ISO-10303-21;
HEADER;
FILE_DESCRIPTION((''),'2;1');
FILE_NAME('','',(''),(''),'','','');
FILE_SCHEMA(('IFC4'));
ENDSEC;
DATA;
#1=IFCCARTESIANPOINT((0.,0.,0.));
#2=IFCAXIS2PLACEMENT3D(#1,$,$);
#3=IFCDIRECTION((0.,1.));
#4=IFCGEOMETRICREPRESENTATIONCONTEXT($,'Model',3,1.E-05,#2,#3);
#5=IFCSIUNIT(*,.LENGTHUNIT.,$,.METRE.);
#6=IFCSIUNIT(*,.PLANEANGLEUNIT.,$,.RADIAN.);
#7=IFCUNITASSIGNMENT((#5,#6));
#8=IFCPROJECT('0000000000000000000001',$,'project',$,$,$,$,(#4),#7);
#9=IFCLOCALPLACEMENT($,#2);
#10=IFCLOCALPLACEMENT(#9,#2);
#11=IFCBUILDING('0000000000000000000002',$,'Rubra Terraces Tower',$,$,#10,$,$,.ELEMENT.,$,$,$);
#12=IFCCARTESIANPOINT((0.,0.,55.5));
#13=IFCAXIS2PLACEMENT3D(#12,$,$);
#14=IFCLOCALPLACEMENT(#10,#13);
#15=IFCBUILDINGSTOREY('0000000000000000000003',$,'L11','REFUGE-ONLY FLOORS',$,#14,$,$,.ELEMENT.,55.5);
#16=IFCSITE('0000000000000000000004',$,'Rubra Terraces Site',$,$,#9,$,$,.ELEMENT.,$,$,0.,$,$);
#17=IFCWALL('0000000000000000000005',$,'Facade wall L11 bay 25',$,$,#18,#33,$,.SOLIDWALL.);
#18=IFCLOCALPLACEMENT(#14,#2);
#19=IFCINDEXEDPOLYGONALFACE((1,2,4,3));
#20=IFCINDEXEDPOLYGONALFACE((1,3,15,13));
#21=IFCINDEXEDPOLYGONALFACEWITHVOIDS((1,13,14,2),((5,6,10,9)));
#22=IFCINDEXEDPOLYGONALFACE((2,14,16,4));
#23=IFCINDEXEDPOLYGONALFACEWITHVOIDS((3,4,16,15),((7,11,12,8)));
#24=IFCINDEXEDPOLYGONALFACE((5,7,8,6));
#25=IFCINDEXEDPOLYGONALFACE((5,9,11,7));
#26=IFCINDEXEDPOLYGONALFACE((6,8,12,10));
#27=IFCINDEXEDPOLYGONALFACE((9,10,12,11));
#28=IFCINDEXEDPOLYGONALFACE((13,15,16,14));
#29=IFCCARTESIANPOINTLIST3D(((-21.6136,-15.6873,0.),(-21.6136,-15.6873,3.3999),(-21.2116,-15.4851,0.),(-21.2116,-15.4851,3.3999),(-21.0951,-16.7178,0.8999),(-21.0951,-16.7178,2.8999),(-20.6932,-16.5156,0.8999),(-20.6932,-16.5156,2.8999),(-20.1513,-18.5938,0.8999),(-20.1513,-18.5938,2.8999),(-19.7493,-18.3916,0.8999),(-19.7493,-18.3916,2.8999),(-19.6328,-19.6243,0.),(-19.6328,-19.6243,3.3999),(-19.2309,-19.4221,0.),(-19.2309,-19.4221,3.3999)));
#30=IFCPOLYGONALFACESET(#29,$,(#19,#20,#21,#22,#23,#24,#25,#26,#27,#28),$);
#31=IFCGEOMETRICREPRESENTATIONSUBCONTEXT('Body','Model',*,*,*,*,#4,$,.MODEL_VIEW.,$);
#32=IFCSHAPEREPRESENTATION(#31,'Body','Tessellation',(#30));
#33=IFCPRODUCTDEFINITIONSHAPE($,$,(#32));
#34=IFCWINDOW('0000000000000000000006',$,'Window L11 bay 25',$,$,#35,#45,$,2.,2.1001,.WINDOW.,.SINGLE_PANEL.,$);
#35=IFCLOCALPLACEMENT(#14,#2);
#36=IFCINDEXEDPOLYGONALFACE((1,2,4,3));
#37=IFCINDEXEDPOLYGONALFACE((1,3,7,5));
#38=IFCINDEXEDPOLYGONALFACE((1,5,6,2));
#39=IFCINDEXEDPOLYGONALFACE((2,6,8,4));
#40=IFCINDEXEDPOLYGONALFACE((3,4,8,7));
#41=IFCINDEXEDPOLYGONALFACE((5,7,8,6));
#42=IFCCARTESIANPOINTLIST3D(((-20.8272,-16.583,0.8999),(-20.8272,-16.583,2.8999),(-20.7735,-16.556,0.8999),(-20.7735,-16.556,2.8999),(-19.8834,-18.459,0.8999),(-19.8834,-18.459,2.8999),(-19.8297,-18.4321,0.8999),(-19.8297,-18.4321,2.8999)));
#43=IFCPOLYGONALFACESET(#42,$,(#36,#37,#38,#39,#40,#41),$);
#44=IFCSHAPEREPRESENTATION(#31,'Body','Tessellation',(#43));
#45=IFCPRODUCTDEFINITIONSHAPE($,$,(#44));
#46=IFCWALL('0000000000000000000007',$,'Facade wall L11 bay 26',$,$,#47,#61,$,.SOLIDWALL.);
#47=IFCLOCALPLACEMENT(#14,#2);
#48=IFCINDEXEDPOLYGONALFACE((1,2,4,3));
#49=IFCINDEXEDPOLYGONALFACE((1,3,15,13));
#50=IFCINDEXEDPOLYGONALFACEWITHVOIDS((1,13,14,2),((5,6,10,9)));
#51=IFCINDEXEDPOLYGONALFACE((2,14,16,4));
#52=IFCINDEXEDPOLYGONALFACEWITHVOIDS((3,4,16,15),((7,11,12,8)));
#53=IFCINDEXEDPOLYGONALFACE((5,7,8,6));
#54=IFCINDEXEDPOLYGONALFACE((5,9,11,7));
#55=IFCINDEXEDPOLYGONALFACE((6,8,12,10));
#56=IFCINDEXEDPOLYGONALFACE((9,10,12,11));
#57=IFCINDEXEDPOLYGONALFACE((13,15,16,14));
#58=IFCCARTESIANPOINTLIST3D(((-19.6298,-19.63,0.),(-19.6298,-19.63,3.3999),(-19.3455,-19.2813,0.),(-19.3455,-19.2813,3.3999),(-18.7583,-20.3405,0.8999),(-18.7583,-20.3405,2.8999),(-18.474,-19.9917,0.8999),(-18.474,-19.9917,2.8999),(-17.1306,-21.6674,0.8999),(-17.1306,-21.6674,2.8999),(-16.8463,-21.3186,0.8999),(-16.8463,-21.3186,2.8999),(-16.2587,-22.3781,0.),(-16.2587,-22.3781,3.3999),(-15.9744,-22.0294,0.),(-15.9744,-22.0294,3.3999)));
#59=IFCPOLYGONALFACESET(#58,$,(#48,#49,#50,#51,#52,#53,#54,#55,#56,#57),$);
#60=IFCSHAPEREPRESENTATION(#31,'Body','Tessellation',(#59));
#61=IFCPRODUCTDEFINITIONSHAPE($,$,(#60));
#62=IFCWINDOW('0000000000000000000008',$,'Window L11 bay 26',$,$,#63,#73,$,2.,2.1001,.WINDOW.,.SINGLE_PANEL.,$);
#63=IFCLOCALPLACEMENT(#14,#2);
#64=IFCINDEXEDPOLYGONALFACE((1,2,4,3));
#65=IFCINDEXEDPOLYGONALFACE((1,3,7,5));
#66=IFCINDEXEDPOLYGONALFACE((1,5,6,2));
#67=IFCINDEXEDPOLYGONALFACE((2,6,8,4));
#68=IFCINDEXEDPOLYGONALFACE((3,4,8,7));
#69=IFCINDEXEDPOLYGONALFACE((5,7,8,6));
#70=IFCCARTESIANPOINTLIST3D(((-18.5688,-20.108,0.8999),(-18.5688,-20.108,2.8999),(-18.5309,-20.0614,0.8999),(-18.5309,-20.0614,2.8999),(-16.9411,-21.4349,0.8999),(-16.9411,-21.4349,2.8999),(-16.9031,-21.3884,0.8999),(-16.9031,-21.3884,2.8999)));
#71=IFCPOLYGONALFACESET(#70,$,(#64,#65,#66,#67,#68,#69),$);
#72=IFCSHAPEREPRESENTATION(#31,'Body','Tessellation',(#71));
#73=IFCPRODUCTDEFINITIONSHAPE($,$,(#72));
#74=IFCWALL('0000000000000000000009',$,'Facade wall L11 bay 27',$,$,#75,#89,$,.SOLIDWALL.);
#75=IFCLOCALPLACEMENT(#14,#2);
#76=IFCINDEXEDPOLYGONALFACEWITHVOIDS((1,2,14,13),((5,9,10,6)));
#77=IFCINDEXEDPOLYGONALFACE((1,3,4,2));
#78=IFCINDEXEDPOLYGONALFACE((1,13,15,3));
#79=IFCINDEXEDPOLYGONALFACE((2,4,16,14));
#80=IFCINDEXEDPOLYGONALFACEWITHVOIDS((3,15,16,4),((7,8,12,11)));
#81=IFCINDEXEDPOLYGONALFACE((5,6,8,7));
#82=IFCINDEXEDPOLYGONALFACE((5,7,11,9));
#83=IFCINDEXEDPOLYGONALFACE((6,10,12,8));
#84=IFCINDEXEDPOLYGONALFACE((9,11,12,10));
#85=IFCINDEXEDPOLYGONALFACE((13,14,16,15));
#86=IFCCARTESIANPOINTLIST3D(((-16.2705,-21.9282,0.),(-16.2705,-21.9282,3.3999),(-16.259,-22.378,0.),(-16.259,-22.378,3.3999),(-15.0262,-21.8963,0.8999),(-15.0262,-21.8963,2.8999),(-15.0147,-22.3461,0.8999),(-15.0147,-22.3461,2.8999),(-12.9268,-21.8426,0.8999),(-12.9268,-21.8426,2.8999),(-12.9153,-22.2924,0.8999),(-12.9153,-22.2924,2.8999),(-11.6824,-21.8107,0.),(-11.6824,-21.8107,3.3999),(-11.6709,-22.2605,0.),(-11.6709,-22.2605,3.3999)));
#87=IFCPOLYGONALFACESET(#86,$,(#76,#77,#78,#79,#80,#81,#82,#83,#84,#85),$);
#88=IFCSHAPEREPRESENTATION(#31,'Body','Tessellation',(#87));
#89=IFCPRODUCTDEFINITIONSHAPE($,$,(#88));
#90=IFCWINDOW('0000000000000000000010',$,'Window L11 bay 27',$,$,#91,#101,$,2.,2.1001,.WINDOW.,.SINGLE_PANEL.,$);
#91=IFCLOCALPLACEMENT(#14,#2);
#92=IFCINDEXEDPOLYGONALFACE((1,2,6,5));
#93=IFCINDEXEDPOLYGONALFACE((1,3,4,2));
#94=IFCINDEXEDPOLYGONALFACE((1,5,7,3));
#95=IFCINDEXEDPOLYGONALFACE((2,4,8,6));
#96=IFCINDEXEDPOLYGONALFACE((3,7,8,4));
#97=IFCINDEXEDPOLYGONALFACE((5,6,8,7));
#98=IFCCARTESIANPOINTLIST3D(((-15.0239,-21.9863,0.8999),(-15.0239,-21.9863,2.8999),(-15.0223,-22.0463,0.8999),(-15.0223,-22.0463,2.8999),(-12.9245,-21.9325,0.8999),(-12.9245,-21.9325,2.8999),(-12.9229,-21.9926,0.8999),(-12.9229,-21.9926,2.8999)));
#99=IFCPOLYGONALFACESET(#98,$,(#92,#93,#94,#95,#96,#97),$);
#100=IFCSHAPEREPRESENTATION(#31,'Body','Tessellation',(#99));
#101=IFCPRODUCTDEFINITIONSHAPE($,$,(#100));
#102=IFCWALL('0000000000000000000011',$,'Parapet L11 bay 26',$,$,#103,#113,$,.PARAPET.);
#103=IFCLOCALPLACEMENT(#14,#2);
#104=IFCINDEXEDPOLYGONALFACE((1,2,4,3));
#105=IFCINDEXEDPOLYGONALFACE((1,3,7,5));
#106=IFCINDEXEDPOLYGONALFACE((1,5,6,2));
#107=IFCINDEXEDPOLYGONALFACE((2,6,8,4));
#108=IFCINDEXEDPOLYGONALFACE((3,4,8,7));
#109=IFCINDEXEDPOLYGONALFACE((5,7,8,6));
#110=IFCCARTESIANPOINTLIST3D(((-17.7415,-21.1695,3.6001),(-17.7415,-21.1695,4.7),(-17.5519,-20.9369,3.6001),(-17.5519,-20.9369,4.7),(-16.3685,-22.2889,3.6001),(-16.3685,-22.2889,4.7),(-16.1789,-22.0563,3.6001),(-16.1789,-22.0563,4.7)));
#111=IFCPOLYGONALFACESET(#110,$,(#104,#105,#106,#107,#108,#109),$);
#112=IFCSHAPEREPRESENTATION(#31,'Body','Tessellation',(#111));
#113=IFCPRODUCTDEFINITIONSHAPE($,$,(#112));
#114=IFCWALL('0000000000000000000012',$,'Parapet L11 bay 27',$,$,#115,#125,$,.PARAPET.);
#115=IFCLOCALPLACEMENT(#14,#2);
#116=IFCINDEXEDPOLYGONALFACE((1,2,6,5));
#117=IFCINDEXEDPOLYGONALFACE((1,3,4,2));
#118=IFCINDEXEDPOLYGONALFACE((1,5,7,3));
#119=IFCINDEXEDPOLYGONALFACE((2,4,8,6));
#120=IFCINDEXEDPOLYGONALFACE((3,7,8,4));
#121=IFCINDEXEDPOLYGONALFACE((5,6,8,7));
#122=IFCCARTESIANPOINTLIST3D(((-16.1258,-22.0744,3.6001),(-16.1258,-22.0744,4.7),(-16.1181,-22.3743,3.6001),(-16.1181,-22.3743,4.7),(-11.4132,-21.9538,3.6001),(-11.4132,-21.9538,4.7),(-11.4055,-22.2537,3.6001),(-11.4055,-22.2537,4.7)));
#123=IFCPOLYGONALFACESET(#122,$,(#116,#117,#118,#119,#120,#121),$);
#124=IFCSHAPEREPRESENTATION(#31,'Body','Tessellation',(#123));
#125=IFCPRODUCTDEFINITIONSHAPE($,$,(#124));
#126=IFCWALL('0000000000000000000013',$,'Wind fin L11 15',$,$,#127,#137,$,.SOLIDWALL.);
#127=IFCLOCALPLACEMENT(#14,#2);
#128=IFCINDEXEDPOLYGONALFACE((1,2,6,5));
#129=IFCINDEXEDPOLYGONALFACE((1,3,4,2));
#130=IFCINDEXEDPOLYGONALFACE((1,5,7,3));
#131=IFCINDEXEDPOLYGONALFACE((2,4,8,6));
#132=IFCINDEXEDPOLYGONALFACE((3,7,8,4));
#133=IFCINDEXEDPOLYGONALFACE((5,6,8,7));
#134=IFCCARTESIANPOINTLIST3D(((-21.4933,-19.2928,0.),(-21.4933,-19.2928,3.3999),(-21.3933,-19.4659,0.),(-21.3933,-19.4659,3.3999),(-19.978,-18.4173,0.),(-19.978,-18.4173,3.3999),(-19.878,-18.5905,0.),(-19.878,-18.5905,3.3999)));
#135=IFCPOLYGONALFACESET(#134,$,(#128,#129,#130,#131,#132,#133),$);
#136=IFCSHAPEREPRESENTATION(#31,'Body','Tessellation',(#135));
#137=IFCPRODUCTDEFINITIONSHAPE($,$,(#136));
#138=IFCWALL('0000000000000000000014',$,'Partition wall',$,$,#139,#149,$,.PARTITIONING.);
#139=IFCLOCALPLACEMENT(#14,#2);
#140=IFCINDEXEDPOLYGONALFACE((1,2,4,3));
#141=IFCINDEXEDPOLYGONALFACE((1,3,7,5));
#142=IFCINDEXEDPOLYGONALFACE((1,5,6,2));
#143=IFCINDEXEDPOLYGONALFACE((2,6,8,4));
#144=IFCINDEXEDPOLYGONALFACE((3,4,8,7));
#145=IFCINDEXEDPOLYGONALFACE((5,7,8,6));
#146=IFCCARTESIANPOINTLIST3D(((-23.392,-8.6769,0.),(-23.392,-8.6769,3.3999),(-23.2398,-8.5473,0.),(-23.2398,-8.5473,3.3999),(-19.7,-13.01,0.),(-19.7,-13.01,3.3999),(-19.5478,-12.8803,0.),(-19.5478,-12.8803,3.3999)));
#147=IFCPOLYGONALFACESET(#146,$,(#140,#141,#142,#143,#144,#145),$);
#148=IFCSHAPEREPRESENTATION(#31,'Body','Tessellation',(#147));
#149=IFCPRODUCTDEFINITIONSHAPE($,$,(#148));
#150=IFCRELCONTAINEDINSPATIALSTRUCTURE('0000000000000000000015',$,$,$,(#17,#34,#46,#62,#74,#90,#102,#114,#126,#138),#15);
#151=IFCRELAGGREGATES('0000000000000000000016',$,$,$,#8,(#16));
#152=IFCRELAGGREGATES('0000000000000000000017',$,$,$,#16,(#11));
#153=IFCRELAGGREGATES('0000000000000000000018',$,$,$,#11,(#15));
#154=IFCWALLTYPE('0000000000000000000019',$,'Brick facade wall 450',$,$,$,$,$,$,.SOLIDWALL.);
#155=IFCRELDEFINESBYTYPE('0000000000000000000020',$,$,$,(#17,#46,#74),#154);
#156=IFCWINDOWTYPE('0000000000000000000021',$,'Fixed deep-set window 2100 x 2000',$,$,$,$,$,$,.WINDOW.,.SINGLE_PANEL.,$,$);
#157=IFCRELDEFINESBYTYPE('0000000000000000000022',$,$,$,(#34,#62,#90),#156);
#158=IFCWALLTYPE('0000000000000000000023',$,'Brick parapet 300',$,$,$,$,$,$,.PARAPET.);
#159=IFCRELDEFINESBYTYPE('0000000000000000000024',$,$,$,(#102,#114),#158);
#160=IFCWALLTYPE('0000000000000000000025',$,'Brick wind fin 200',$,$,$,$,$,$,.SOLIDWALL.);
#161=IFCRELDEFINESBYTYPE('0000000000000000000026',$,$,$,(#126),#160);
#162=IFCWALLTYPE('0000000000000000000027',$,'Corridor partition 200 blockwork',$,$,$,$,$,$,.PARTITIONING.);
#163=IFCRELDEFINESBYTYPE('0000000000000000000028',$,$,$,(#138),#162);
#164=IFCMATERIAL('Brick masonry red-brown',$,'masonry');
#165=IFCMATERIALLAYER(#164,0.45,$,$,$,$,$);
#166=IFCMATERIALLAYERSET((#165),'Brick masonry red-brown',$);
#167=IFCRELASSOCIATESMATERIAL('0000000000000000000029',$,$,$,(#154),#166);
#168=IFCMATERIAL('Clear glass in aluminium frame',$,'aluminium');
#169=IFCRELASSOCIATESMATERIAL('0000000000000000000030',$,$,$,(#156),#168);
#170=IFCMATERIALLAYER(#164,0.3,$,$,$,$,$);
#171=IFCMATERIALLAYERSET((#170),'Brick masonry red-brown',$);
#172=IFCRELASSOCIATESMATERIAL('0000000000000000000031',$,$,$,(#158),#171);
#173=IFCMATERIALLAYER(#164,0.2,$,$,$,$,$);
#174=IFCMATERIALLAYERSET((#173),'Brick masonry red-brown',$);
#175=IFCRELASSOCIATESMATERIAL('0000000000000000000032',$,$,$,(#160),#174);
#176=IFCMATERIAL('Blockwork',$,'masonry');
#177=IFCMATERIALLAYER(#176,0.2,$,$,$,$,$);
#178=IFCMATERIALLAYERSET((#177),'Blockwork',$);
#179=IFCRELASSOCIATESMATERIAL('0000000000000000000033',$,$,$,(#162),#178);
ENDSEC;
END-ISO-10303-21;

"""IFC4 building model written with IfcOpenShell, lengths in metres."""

from ifc_helpers import new_model, si_unit, direction, frame, frame_2d, origin, place, context, subcontext, project, spatial, rectangle, extrude, material, layer, layer_set, type_object, element, fill, save


model = new_model("IFC4")

# Units and contexts
model_context = context("Model", 3, precision=1e-05, world=origin(), true_north=direction((0.0, 1.0)))
body_context = subcontext(model_context, "Body", "Model", "MODEL_VIEW")
ifc_project = project(units=[si_unit("LENGTHUNIT", "METRE"), si_unit("PLANEANGLEUNIT", "RADIAN")], contexts=[model_context])

# Site, building, storey
site_placement = place(None, origin())
site = spatial("IfcSite", under=ifc_project, at=site_placement, Name="Rubra Terraces Site", CompositionType="ELEMENT", RefElevation=0.0)
building_placement = place(site_placement, origin())
building = spatial("IfcBuilding", under=site, at=building_placement, Name="Rubra Terraces Tower", CompositionType="ELEMENT")
storey_placement = place(building_placement, frame((0.0, 0.0, 55.5)))
storey = spatial("IfcBuildingStorey", under=building, at=storey_placement, Name="L11", Description="REFUGE-ONLY FLOORS", CompositionType="ELEMENT", Elevation=55.5)

# Walls, openings, windows
ifc_material_1 = material(Name="Brick masonry red-brown", Category="masonry")
ifc_layer_1 = layer(ifc_material_1, 0.45)
ifc_layer_set_1 = layer_set([ifc_layer_1], Name="Brick masonry red-brown")
wall_type_1 = type_object("IfcWallType", Name="Brick facade wall 450", PredefinedType="SOLIDWALL", material=ifc_layer_set_1)
ifc_material_2 = material(Name="Clear glass in aluminium frame", Category="aluminium")
window_type = type_object("IfcWindowType", Name="Fixed deep-set window 2100 x 2000", PartitioningType="SINGLE_PANEL", PredefinedType="WINDOW", material=ifc_material_2)
wall_1_placement = place(storey_placement, frame((-21.4126, -15.5862, 0.0), z_axis=(0.0, 0.0, 1.0), x_axis=(0.449428, -0.893317, 0.0)))
wall_1 = element("IfcWall", 1, at=wall_1_placement, inside=storey, type_object=wall_type_1, Name="Facade wall L11 bay 25", PredefinedType="SOLIDWALL", context=body_context, shape_type="SweptSolid", body=[
    extrude(rectangle(XDim=4.4072, YDim=0.45, at=frame_2d((2.2036, 0.0))), origin(), (0.0, 0.0, 1.0), 3.3999),
])
opening_1_placement = place(wall_1_placement, frame((1.1536, 0.0, 0.8999)))
opening_1 = element("IfcOpeningElement", 2, at=opening_1_placement, cuts=wall_1, PredefinedType="OPENING", context=body_context, shape_type="SweptSolid", body=[
    extrude(rectangle(XDim=2.1001, YDim=2.0, at=frame_2d((1.05, 1.0))), frame((0.0, 0.2349, 0.0), z_axis=(0.0, -1.0, 0.0), x_axis=(1.0, 0.0, 0.0)), (0.0, 0.0, 1.0), 0.47),
])
window_1_placement = place(opening_1_placement, origin())
window_1 = element("IfcWindow", 3, at=window_1_placement, inside=storey, type_object=window_type, Name="Window L11 bay 25", OverallHeight=2.0, OverallWidth=2.1001, PartitioningType="SINGLE_PANEL", PredefinedType="WINDOW", context=body_context, shape_type="SweptSolid", body=[
    extrude(rectangle(XDim=2.1001, YDim=2.0, at=frame_2d((1.05, 1.0))), frame((0.0, 0.135, 0.0), z_axis=(0.0, -1.0, 0.0), x_axis=(1.0, 0.0, 0.0)), (0.0, 0.0, 1.0), 0.0601),
])
fill(opening_1, window_1)
wall_2_placement = place(storey_placement, frame((-19.4878, -19.4556, 0.0), z_axis=(0.0, 0.0, 1.0), x_axis=(0.775097, -0.631843, 0.0)))
wall_2 = element("IfcWall", 4, at=wall_2_placement, inside=storey, type_object=wall_type_1, Name="Facade wall L11 bay 26", PredefinedType="SOLIDWALL", context=body_context, shape_type="SweptSolid", body=[
    extrude(rectangle(XDim=4.3494, YDim=0.45, at=frame_2d((2.1748, 0.0))), origin(), (0.0, 0.0, 1.0), 3.3999),
])
opening_2_placement = place(wall_2_placement, frame((1.1245, 0.0, 0.8999)))
opening_2 = element("IfcOpeningElement", 5, at=opening_2_placement, cuts=wall_2, PredefinedType="OPENING", context=body_context, shape_type="SweptSolid", body=[
    extrude(rectangle(XDim=2.1001, YDim=2.0, at=frame_2d((1.05, 1.0))), frame((0.0, 0.2349, 0.0), z_axis=(0.0, -1.0, 0.0), x_axis=(1.0, 0.0, 0.0)), (0.0, 0.0, 1.0), 0.47),
])
window_2_placement = place(opening_2_placement, origin())
window_2 = element("IfcWindow", 6, at=window_2_placement, inside=storey, type_object=window_type, Name="Window L11 bay 26", OverallHeight=2.0, OverallWidth=2.1001, PartitioningType="SINGLE_PANEL", PredefinedType="WINDOW", context=body_context, shape_type="SweptSolid", body=[
    extrude(rectangle(XDim=2.1001, YDim=2.0, at=frame_2d((1.05, 1.0))), frame((0.0, 0.135, 0.0), z_axis=(0.0, -1.0, 0.0), x_axis=(1.0, 0.0, 0.0)), (0.0, 0.0, 1.0), 0.0601),
])
fill(opening_2, window_2)
wall_3_placement = place(storey_placement, frame((-16.2649, -22.1531, 0.0), z_axis=(0.0, 0.0, 1.0), x_axis=(0.999673, 0.025586, 0.0)))
wall_3 = element("IfcWall", 7, at=wall_3_placement, inside=storey, type_object=wall_type_1, Name="Facade wall L11 bay 27", PredefinedType="SOLIDWALL", context=body_context, shape_type="SweptSolid", body=[
    extrude(rectangle(XDim=4.5896, YDim=0.45, at=frame_2d((2.2949, 0.0))), origin(), (0.0, 0.0, 1.0), 3.3999),
])
opening_3_placement = place(wall_3_placement, frame((1.2449, 0.0, 0.8999)))
opening_3 = element("IfcOpeningElement", 8, at=opening_3_placement, cuts=wall_3, PredefinedType="OPENING", context=body_context, shape_type="SweptSolid", body=[
    extrude(rectangle(XDim=2.1001, YDim=2.0, at=frame_2d((1.05, 1.0))), frame((0.0, 0.2349, 0.0), z_axis=(0.0, -1.0, 0.0), x_axis=(1.0, 0.0, 0.0)), (0.0, 0.0, 1.0), 0.47),
])
window_3_placement = place(opening_3_placement, origin())
window_3 = element("IfcWindow", 9, at=window_3_placement, inside=storey, type_object=window_type, Name="Window L11 bay 27", OverallHeight=2.0, OverallWidth=2.1001, PartitioningType="SINGLE_PANEL", PredefinedType="WINDOW", context=body_context, shape_type="SweptSolid", body=[
    extrude(rectangle(XDim=2.1001, YDim=2.0, at=frame_2d((1.05, 1.0))), frame((0.0, 0.135, 0.0), z_axis=(0.0, -1.0, 0.0), x_axis=(1.0, 0.0, 0.0)), (0.0, 0.0, 1.0), 0.0601),
])
fill(opening_3, window_3)

# Walls
ifc_layer_2 = layer(ifc_material_1, 0.3)
ifc_layer_set_2 = layer_set([ifc_layer_2], Name="Brick masonry red-brown")
wall_type_2 = type_object("IfcWallType", Name="Brick parapet 300", PredefinedType="PARAPET", material=ifc_layer_set_2)
wall_4_placement = place(storey_placement, frame((-17.6467, -21.0532, 3.6001), z_axis=(0.0, 0.0, 1.0), x_axis=(0.775067, -0.631878, 0.0)))
element("IfcWall", 10, at=wall_4_placement, inside=storey, type_object=wall_type_2, Name="Parapet L11 bay 26", PredefinedType="PARAPET", context=body_context, shape_type="SweptSolid", body=[
    extrude(rectangle(XDim=1.7715, YDim=0.3, at=frame_2d((0.8857, 0.0))), origin(), (0.0, 0.0, 1.0), 1.0999),
])
wall_5_placement = place(storey_placement, frame((-16.1218, -22.2244, 3.6001), z_axis=(0.0, 0.0, 1.0), x_axis=(0.999673, 0.025584, 0.0)))
element("IfcWall", 11, at=wall_5_placement, inside=storey, type_object=wall_type_2, Name="Parapet L11 bay 27", PredefinedType="PARAPET", context=body_context, shape_type="SweptSolid", body=[
    extrude(rectangle(XDim=4.7141, YDim=0.3, at=frame_2d((2.3569, 0.0))), origin(), (0.0, 0.0, 1.0), 1.0999),
])
ifc_layer_3 = layer(ifc_material_1, 0.2)
ifc_layer_set_3 = layer_set([ifc_layer_3], Name="Brick masonry red-brown")
wall_type_3 = type_object("IfcWallType", Name="Brick wind fin 200", PredefinedType="SOLIDWALL", material=ifc_layer_set_3)
wall_6_placement = place(storey_placement, frame((-19.928, -18.5039, 0.0), z_axis=(0.0, 0.0, 1.0), x_axis=(-0.865881, -0.50025, 0.0)))
element("IfcWall", 12, at=wall_6_placement, inside=storey, type_object=wall_type_3, Name="Wind fin L11 15", PredefinedType="SOLIDWALL", context=body_context, shape_type="SweptSolid", body=[
    extrude(rectangle(XDim=1.75, YDim=0.2, at=frame_2d((0.875, 0.0))), origin(), (0.0, 0.0, 1.0), 3.3999),
])
ifc_material_3 = material(Name="Blockwork", Category="masonry")
ifc_layer_4 = layer(ifc_material_3, 0.2)
ifc_layer_set_4 = layer_set([ifc_layer_4], Name="Blockwork")
wall_type_4 = type_object("IfcWallType", Name="Corridor partition 200 blockwork", PredefinedType="PARTITIONING", material=ifc_layer_set_4)
wall_7_placement = place(storey_placement, frame((-19.624, -12.9451, 0.0), z_axis=(0.0, 0.0, 1.0), x_axis=(-0.648549, 0.761173, 0.0)))
element("IfcWall", 13, at=wall_7_placement, inside=storey, type_object=wall_type_4, Name="Partition wall", PredefinedType="PARTITIONING", context=body_context, shape_type="SweptSolid", body=[
    extrude(rectangle(XDim=5.6926, YDim=0.2, at=frame_2d((2.8462, 0.0))), origin(), (0.0, 0.0, 1.0), 3.3999),
])

save(model, "model.ifc")
